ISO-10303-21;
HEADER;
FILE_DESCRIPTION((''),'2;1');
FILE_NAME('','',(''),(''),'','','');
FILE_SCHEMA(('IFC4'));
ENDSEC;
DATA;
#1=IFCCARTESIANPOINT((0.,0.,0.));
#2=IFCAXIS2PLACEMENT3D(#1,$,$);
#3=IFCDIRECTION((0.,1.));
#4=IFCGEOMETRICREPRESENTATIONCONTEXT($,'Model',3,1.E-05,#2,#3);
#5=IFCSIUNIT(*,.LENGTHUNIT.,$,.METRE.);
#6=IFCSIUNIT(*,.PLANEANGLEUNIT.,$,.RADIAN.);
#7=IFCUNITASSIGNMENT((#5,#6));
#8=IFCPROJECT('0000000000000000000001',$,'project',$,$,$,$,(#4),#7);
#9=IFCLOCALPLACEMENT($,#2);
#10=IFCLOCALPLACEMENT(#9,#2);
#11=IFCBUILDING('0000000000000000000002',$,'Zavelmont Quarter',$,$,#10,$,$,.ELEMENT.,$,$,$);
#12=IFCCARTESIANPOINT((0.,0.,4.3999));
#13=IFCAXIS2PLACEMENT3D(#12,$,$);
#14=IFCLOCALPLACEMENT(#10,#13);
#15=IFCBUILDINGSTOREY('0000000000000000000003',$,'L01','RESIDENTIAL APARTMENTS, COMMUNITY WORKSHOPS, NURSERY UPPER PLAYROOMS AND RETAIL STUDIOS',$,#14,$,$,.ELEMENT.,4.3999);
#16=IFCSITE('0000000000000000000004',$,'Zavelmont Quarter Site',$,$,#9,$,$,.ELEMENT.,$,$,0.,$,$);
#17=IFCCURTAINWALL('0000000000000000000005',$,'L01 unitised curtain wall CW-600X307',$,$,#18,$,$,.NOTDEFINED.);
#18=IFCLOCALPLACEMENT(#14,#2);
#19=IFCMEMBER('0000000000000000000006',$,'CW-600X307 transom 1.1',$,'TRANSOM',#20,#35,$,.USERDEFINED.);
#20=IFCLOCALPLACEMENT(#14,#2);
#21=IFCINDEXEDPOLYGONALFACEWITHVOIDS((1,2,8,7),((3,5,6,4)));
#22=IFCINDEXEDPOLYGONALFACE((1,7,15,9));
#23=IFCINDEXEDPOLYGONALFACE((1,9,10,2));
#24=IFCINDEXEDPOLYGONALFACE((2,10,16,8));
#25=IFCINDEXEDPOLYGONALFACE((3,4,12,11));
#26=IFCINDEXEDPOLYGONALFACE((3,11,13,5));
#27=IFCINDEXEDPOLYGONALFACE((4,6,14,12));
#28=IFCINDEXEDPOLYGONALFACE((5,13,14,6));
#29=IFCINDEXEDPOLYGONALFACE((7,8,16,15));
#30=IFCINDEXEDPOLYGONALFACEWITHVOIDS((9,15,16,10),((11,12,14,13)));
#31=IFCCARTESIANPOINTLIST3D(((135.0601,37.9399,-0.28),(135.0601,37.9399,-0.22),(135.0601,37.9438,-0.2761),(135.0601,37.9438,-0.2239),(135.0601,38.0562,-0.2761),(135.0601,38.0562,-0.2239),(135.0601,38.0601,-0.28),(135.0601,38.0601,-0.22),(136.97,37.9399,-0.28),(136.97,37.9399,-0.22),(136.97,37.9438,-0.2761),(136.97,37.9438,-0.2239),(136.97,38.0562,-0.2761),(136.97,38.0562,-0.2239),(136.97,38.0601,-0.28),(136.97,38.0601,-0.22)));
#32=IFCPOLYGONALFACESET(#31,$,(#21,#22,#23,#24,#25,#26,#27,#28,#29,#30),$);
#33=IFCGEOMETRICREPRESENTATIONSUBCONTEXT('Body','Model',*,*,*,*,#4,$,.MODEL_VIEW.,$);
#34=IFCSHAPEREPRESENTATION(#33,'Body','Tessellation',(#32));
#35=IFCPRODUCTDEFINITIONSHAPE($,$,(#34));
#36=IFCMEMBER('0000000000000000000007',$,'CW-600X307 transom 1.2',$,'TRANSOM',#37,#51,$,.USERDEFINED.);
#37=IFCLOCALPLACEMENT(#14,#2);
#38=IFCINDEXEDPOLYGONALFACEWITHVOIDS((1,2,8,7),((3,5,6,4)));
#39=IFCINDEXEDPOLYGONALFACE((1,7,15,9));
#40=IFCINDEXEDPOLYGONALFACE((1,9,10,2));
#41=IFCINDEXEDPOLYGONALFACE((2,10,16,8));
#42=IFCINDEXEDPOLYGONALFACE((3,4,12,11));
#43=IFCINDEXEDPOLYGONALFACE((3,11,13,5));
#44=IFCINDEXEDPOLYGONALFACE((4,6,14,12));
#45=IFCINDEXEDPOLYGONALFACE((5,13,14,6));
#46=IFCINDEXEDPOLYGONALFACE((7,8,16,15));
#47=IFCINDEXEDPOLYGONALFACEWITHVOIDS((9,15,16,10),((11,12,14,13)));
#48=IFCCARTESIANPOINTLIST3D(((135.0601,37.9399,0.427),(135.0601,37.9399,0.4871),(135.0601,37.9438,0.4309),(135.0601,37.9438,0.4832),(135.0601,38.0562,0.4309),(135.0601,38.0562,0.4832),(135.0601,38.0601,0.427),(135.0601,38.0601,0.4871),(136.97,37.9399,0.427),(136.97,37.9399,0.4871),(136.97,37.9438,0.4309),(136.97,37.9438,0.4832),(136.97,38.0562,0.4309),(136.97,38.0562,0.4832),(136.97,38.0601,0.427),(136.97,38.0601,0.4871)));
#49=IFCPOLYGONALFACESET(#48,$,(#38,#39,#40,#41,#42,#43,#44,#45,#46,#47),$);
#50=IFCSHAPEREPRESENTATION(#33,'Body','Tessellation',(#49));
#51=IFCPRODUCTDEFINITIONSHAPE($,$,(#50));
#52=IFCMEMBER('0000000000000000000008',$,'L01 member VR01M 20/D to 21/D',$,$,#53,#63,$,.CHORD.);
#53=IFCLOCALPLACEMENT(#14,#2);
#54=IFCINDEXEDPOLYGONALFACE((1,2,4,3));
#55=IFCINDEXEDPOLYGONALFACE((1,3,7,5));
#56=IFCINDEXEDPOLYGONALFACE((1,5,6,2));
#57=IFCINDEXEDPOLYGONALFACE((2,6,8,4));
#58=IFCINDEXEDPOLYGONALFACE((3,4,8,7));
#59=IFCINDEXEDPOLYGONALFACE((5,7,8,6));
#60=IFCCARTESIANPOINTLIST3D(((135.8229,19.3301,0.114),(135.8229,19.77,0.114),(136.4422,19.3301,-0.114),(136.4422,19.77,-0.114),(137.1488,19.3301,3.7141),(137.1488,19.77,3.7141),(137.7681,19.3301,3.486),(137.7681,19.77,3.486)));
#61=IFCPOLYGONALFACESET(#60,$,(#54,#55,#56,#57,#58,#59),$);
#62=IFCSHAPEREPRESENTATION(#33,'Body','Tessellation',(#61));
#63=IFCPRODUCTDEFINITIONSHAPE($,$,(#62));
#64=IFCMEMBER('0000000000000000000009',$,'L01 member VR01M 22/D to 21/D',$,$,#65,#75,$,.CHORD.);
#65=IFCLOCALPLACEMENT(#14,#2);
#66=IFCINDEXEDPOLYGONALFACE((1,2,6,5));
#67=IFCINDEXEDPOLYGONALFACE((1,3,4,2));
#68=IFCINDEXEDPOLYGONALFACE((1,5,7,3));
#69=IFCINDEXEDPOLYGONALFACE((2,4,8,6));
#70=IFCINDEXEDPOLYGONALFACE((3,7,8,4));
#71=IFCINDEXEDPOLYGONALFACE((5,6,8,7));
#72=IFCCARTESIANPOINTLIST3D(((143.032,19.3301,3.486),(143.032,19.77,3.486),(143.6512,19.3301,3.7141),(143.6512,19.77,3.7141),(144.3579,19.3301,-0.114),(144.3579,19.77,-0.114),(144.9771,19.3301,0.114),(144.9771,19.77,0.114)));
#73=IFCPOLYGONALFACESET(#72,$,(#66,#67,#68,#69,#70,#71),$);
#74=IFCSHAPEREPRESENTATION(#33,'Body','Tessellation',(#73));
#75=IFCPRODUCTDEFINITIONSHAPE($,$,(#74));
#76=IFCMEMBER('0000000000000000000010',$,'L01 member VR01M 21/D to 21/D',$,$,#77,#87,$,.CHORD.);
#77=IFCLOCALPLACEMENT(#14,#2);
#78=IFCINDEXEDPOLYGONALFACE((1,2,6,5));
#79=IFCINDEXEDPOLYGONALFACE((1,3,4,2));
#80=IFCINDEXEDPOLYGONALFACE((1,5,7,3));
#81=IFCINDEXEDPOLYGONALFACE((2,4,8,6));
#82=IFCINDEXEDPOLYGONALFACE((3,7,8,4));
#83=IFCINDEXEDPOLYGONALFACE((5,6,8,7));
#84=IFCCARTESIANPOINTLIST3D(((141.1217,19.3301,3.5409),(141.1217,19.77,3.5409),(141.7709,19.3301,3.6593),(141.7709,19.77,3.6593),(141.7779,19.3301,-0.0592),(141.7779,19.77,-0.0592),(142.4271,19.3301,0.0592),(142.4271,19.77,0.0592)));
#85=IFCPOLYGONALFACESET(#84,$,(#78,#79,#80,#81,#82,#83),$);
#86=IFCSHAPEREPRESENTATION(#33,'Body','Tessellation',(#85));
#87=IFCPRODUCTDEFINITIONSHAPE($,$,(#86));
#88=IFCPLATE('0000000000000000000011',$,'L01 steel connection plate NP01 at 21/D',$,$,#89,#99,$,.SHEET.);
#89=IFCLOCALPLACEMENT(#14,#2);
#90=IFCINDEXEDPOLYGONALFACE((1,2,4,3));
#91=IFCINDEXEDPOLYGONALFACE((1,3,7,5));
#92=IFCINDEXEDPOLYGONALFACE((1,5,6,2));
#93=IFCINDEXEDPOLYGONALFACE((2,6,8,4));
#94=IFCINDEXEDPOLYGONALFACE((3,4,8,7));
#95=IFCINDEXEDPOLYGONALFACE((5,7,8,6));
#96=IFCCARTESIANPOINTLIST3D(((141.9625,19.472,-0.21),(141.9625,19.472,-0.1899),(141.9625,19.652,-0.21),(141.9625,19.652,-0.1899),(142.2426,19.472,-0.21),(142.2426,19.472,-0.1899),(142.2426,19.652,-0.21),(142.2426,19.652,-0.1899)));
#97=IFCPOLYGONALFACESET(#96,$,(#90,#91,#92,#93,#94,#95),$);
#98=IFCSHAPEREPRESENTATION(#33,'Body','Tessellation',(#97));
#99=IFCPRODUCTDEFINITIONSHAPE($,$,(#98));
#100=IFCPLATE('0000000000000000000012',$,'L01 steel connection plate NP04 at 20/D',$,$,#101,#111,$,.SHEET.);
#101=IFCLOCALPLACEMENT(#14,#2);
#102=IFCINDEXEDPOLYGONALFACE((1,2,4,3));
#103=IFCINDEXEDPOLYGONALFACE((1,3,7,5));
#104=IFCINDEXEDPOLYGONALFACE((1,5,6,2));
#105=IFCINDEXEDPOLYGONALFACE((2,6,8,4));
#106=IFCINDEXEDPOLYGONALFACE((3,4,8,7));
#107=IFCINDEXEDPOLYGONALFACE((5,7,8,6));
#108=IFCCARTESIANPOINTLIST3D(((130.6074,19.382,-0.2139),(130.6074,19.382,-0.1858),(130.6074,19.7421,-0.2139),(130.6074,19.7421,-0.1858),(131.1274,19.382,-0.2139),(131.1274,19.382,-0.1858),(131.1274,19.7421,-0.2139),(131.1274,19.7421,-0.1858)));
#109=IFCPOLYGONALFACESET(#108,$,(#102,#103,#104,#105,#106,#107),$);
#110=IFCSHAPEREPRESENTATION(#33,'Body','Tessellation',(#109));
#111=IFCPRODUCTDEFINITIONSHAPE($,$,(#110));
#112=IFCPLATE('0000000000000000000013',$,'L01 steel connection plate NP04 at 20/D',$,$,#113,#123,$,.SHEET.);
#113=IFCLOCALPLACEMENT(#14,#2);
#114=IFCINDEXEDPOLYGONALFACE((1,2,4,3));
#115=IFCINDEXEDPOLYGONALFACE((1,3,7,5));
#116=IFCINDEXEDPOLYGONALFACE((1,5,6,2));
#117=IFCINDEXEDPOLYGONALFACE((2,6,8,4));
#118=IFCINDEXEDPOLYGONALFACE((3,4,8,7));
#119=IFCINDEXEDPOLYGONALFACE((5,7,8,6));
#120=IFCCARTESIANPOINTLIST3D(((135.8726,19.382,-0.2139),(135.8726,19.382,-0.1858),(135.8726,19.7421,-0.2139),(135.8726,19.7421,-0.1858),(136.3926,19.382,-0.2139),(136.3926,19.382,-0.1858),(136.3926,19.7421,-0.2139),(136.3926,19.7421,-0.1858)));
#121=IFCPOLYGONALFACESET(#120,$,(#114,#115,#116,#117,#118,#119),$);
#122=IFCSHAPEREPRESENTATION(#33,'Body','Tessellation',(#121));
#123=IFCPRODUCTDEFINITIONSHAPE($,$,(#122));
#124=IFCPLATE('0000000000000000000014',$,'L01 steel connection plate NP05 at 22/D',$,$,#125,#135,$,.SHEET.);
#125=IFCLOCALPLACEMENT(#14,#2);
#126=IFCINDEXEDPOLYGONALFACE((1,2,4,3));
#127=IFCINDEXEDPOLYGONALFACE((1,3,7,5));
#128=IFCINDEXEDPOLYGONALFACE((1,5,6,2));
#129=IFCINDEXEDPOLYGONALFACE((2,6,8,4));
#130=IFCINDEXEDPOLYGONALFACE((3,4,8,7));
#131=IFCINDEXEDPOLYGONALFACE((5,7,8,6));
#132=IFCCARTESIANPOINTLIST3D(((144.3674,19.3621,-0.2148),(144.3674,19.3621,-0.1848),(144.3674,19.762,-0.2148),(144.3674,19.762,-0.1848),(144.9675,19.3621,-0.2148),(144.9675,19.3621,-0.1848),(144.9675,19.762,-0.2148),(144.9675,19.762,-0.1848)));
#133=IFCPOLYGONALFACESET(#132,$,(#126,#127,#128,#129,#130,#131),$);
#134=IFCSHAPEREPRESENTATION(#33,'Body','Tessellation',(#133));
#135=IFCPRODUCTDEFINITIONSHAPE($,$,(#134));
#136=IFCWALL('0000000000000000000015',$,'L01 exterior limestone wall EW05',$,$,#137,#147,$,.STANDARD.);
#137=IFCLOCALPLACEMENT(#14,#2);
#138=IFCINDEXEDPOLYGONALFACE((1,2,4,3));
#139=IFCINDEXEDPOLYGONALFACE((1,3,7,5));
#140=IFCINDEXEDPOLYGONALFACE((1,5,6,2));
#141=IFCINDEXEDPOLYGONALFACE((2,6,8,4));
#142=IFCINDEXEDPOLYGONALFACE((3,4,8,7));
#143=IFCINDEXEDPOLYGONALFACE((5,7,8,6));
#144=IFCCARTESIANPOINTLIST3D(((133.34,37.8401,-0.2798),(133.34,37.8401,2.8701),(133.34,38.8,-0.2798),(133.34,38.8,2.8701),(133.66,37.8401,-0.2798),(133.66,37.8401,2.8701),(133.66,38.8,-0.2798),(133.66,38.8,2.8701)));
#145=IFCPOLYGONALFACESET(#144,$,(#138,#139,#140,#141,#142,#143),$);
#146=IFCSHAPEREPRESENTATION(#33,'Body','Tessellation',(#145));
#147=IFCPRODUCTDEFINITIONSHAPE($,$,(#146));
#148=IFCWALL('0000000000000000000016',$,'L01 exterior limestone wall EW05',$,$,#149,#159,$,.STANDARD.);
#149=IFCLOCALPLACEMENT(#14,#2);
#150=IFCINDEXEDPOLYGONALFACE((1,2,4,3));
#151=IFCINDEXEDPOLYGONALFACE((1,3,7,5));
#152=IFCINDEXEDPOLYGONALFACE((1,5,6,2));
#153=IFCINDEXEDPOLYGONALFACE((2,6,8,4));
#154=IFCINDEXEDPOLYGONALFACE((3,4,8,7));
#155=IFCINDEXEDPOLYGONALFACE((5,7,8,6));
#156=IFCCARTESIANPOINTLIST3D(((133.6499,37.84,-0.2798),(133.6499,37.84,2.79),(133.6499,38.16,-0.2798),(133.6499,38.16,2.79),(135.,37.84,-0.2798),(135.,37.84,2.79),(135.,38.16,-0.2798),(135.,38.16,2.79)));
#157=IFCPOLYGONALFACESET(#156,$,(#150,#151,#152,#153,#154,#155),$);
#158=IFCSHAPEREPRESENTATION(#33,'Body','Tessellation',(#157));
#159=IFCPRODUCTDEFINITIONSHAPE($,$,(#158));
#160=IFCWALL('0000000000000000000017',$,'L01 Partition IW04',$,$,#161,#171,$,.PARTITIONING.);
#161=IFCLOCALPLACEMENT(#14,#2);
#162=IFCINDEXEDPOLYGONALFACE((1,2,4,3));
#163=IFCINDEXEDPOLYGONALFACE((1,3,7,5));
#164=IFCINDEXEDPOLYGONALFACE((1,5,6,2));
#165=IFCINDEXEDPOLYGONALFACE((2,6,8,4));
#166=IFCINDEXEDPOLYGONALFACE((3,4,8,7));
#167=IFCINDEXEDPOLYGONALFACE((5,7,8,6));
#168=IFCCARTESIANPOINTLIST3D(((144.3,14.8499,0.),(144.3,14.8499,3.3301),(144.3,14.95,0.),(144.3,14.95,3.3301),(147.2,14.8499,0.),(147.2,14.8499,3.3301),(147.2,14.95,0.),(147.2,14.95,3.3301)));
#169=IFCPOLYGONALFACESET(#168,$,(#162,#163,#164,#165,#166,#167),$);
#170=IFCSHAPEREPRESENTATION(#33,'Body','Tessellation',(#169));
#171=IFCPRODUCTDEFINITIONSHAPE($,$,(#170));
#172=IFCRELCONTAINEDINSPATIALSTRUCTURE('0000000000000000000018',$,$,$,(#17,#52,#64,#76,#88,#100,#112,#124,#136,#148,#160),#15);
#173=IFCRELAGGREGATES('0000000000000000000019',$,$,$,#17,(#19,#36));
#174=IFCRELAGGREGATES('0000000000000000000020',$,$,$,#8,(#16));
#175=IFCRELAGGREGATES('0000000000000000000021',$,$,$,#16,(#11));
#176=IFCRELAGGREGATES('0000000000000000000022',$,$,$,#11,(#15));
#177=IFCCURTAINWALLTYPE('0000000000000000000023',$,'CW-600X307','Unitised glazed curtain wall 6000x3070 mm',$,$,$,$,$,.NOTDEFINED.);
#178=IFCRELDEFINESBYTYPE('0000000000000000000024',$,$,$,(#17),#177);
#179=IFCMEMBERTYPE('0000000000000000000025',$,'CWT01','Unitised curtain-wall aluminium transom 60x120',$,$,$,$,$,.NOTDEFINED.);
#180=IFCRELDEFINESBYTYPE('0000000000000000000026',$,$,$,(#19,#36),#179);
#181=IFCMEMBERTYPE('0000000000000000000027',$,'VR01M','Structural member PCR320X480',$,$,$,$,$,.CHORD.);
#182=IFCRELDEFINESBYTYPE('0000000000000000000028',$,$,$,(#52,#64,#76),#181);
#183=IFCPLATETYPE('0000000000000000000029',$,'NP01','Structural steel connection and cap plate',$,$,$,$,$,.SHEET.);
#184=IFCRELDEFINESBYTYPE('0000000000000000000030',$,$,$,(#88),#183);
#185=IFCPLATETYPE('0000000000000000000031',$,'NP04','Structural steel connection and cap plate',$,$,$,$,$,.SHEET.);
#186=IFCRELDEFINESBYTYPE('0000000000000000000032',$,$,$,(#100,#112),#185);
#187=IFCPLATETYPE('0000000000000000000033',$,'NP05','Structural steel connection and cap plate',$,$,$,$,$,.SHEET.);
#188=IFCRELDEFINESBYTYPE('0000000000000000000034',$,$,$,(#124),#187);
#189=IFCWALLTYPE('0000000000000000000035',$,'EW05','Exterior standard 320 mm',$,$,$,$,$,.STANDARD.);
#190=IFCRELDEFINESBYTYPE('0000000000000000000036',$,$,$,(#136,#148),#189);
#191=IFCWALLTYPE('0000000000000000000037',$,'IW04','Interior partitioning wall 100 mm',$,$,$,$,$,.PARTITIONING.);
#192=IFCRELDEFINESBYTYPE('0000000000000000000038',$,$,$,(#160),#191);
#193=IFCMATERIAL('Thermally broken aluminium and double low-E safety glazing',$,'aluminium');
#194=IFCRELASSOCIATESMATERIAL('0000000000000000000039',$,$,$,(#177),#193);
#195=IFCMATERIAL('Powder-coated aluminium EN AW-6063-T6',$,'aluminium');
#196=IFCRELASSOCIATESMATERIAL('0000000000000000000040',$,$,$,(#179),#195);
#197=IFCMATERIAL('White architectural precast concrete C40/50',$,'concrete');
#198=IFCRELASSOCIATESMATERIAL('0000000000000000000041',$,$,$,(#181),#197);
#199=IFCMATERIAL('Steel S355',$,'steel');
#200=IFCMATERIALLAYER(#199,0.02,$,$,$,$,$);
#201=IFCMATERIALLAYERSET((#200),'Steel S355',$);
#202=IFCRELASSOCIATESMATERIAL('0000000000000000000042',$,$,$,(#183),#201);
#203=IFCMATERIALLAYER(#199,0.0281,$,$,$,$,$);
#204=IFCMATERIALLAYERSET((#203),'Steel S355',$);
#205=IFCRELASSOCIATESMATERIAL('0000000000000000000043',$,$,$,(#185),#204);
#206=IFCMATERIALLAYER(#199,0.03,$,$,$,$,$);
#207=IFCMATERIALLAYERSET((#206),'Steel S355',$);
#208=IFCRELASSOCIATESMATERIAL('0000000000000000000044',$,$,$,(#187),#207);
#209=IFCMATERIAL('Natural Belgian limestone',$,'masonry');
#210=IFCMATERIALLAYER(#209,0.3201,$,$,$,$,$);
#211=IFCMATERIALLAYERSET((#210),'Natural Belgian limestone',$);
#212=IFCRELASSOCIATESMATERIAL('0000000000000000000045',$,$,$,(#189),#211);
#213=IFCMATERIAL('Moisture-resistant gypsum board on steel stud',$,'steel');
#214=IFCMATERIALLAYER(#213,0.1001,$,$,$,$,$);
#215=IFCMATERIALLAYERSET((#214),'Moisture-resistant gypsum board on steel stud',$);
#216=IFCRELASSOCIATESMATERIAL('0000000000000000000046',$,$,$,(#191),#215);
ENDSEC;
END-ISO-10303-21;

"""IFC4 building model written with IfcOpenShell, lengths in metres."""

from ifc_helpers import new_model, si_unit, direction, frame, frame_2d, origin, origin_2d, place, context, subcontext, project, spatial, rectangle, hollow_rectangle, extrude, material, layer, layer_set, material_profile, profile_set, type_object, element, aggregate, save


model = new_model("IFC4")

# Units and contexts
model_context = context("Model", 3, precision=1e-05, world=origin(), true_north=direction((0.0, 1.0)))
body_context = subcontext(model_context, "Body", "Model", "MODEL_VIEW")
ifc_project = project(units=[si_unit("LENGTHUNIT", "METRE"), si_unit("PLANEANGLEUNIT", "RADIAN")], contexts=[model_context])

# Site, building, storey
site_placement = place(None, origin())
site = spatial("IfcSite", under=ifc_project, at=site_placement, Name="Zavelmont Quarter Site", CompositionType="ELEMENT", RefElevation=0.0)
building_placement = place(site_placement, origin())
building = spatial("IfcBuilding", under=site, at=building_placement, Name="Zavelmont Quarter", CompositionType="ELEMENT")
storey_placement = place(building_placement, frame((0.0, 0.0, 4.3999)))
storey = spatial("IfcBuildingStorey", under=building, at=storey_placement, Name="L01", Description="RESIDENTIAL APARTMENTS, COMMUNITY WORKSHOPS, NURSERY UPPER PLAYROOMS AND RETAIL STUDIOS", CompositionType="ELEMENT", Elevation=4.3999)

# Shared definitions
ifc_material_1 = material(Name="Steel S355", Category="steel")

# Curtain wall, members
ifc_material_2 = material(Name="Thermally broken aluminium and double low-E safety glazing", Category="aluminium")
curtain_wall_type = type_object("IfcCurtainWallType", Name="CW-600X307", Description="Unitised glazed curtain wall 6000x3070 mm", PredefinedType="NOTDEFINED", material=ifc_material_2)
curtain_wall_placement = place(storey_placement, origin())
curtain_wall = element("IfcCurtainWall", 1, at=curtain_wall_placement, inside=storey, type_object=curtain_wall_type, Name="L01 unitised curtain wall CW-600X307", PredefinedType="NOTDEFINED")
ifc_material_3 = material(Name="Powder-coated aluminium EN AW-6063-T6", Category="aluminium")
ifc_material_profile_1 = material_profile(ifc_material_3, hollow_rectangle(XDim=0.1201, YDim=0.0601, WallThickness=0.0039, at=origin_2d()), Name="CWT60X120")
ifc_profile_set_1 = profile_set([ifc_material_profile_1], Name="Powder-coated aluminium EN AW-6063-T6")
member_type_1 = type_object("IfcMemberType", Name="CWT01", Description="Unitised curtain-wall aluminium transom 60x120", PredefinedType="NOTDEFINED", material=ifc_profile_set_1)
member_1_placement = place(storey_placement, frame((135.0601, 38.0, -0.25), z_axis=(1.0, 0.0, 0.0), x_axis=(0.0, 1.0, 0.0)))
member_1 = element("IfcMember", 2, at=member_1_placement, type_object=member_type_1, Name="CW-600X307 transom 1.1", ObjectType="TRANSOM", PredefinedType="USERDEFINED", context=body_context, shape_type="SweptSolid", body=[
    extrude(hollow_rectangle(XDim=0.1201, YDim=0.0601, WallThickness=0.0039, at=origin_2d()), origin(), (0.0, 0.0, 1.0), 1.9099),
])
member_2_placement = place(storey_placement, frame((135.0601, 38.0, 0.457), z_axis=(1.0, 0.0, 0.0), x_axis=(0.0, 1.0, 0.0)))
member_2 = element("IfcMember", 3, at=member_2_placement, type_object=member_type_1, Name="CW-600X307 transom 1.2", ObjectType="TRANSOM", PredefinedType="USERDEFINED", context=body_context, shape_type="SweptSolid", body=[
    extrude(hollow_rectangle(XDim=0.1201, YDim=0.0601, WallThickness=0.0039, at=origin_2d()), origin(), (0.0, 0.0, 1.0), 1.9099),
])
aggregate(curtain_wall, [member_1, member_2])

# Members
ifc_material_4 = material(Name="White architectural precast concrete C40/50", Category="concrete")
ifc_material_profile_2 = material_profile(ifc_material_4, rectangle(XDim=0.4399, YDim=0.6599, at=origin_2d()), Name="PCR320X480")
ifc_profile_set_2 = profile_set([ifc_material_profile_2], Name="White architectural precast concrete C40/50")
member_type_2 = type_object("IfcMemberType", Name="VR01M", Description="Structural member PCR320X480", PredefinedType="CHORD", material=ifc_profile_set_2)
for number, where, z_axis, x_axis, name in (
    (4, (136.1326, 19.55, 0.0), (0.345608, 0.0, 0.938379), (0.0, 1.0, 0.0), "L01 member VR01M 20/D to 21/D"),
    (5, (144.6675, 19.55, 0.0), (-0.345608, 0.0, 0.938379), (0.0, -1.0, 0.0), "L01 member VR01M 22/D to 21/D"),
):
    element("IfcMember", number, at=place(storey_placement, frame(where, z_axis=z_axis, x_axis=x_axis)), inside=storey, type_object=member_type_2, Name=name, PredefinedType="CHORD", context=body_context, shape_type="SweptSolid", body=[
        extrude(rectangle(XDim=0.4399, YDim=0.6599, at=origin_2d()), origin(), (0.0, 0.0, 1.0), 3.8364),
    ])
member_3_placement = place(storey_placement, frame((142.1025, 19.55, 0.0), z_axis=(-0.179332, 0.0, 0.983789), x_axis=(0.0, -1.0, 0.0)))
element("IfcMember", 6, at=member_3_placement, inside=storey, type_object=member_type_2, Name="L01 member VR01M 21/D to 21/D", PredefinedType="CHORD", context=body_context, shape_type="SweptSolid", body=[
    extrude(rectangle(XDim=0.4399, YDim=0.6599, at=origin_2d()), origin(), (0.0, 0.0, 1.0), 3.6594),
])

# Plates
ifc_layer_1 = layer(ifc_material_1, 0.02)
ifc_layer_set_1 = layer_set([ifc_layer_1], Name="Steel S355")
plate_type_1 = type_object("IfcPlateType", Name="NP01", Description="Structural steel connection and cap plate", PredefinedType="SHEET", material=ifc_layer_set_1)
plate_1_placement = place(storey_placement, frame((142.1025, 19.562, -0.21), z_axis=(0.0, 0.0, 1.0), x_axis=(1.0, 0.0, 0.0)))
element("IfcPlate", 7, at=plate_1_placement, inside=storey, type_object=plate_type_1, Name="L01 steel connection plate NP01 at 21/D", PredefinedType="SHEET", context=body_context, shape_type="SweptSolid", body=[
    extrude(rectangle(XDim=0.28, YDim=0.1799, at=origin_2d()), origin(), (0.0, 0.0, 1.0), 0.02),
])
ifc_layer_2 = layer(ifc_material_1, 0.0281)
ifc_layer_set_2 = layer_set([ifc_layer_2], Name="Steel S355")
plate_type_2 = type_object("IfcPlateType", Name="NP04", Description="Structural steel connection and cap plate", PredefinedType="SHEET", material=ifc_layer_set_2)
for number, where, z_axis, x_axis, name in (
    (8, (130.8674, 19.562, -0.2139), (0.0, 0.0, 1.0), (1.0, 0.0, 0.0), "L01 steel connection plate NP04 at 20/D"),
    (9, (136.1326, 19.562, -0.2139), (0.0, 0.0, 1.0), (1.0, 0.0, 0.0), "L01 steel connection plate NP04 at 20/D"),
):
    element("IfcPlate", number, at=place(storey_placement, frame(where, z_axis=z_axis, x_axis=x_axis)), inside=storey, type_object=plate_type_2, Name=name, PredefinedType="SHEET", context=body_context, shape_type="SweptSolid", body=[
        extrude(rectangle(XDim=0.52, YDim=0.3601, at=origin_2d()), origin(), (0.0, 0.0, 1.0), 0.0281),
    ])
ifc_layer_3 = layer(ifc_material_1, 0.03)
ifc_layer_set_3 = layer_set([ifc_layer_3], Name="Steel S355")
plate_type_3 = type_object("IfcPlateType", Name="NP05", Description="Structural steel connection and cap plate", PredefinedType="SHEET", material=ifc_layer_set_3)
plate_2_placement = place(storey_placement, frame((144.6675, 19.562, -0.2148), z_axis=(0.0, 0.0, 1.0), x_axis=(1.0, 0.0, 0.0)))
element("IfcPlate", 10, at=plate_2_placement, inside=storey, type_object=plate_type_3, Name="L01 steel connection plate NP05 at 22/D", PredefinedType="SHEET", context=body_context, shape_type="SweptSolid", body=[
    extrude(rectangle(XDim=0.6001, YDim=0.3999, at=origin_2d()), origin(), (0.0, 0.0, 1.0), 0.03),
])

# Walls
ifc_material_5 = material(Name="Natural Belgian limestone", Category="masonry")
ifc_layer_4 = layer(ifc_material_5, 0.3201)
ifc_layer_set_4 = layer_set([ifc_layer_4], Name="Natural Belgian limestone")
wall_type_1 = type_object("IfcWallType", Name="EW05", Description="Exterior standard 320 mm", PredefinedType="STANDARD", material=ifc_layer_set_4)
wall_1_placement = place(storey_placement, frame((133.5, 37.8401, -0.2798), z_axis=(0.0, 0.0, 1.0), x_axis=(0.0, 1.0, 0.0)))
element("IfcWall", 11, at=wall_1_placement, inside=storey, type_object=wall_type_1, Name="L01 exterior limestone wall EW05", PredefinedType="STANDARD", context=body_context, shape_type="SweptSolid", body=[
    extrude(rectangle(XDim=0.96, YDim=0.3201, at=frame_2d((0.48, 0.0))), origin(), (0.0, 0.0, 1.0), 3.1499),
])
wall_2_placement = place(storey_placement, frame((133.6499, 38.0, -0.2798), z_axis=(0.0, 0.0, 1.0), x_axis=(1.0, 0.0, 0.0)))
element("IfcWall", 12, at=wall_2_placement, inside=storey, type_object=wall_type_1, Name="L01 exterior limestone wall EW05", PredefinedType="STANDARD", context=body_context, shape_type="SweptSolid", body=[
    extrude(rectangle(XDim=1.3501, YDim=0.3201, at=frame_2d((0.675, 0.0))), origin(), (0.0, 0.0, 1.0), 3.0698),
])
ifc_material_6 = material(Name="Moisture-resistant gypsum board on steel stud", Category="steel")
ifc_layer_5 = layer(ifc_material_6, 0.1001)
ifc_layer_set_5 = layer_set([ifc_layer_5], Name="Moisture-resistant gypsum board on steel stud")
wall_type_2 = type_object("IfcWallType", Name="IW04", Description="Interior partitioning wall 100 mm", PredefinedType="PARTITIONING", material=ifc_layer_set_5)
wall_3_placement = place(storey_placement, frame((144.3, 14.8999, 0.0), z_axis=(0.0, 0.0, 1.0), x_axis=(1.0, 0.0, 0.0)))
element("IfcWall", 13, at=wall_3_placement, inside=storey, type_object=wall_type_2, Name="L01 Partition IW04", PredefinedType="PARTITIONING", context=body_context, shape_type="SweptSolid", body=[
    extrude(rectangle(XDim=2.8999, YDim=0.1001, at=frame_2d((1.45, 0.0))), origin(), (0.0, 0.0, 1.0), 3.3301),
])

save(model, "model.ifc")
